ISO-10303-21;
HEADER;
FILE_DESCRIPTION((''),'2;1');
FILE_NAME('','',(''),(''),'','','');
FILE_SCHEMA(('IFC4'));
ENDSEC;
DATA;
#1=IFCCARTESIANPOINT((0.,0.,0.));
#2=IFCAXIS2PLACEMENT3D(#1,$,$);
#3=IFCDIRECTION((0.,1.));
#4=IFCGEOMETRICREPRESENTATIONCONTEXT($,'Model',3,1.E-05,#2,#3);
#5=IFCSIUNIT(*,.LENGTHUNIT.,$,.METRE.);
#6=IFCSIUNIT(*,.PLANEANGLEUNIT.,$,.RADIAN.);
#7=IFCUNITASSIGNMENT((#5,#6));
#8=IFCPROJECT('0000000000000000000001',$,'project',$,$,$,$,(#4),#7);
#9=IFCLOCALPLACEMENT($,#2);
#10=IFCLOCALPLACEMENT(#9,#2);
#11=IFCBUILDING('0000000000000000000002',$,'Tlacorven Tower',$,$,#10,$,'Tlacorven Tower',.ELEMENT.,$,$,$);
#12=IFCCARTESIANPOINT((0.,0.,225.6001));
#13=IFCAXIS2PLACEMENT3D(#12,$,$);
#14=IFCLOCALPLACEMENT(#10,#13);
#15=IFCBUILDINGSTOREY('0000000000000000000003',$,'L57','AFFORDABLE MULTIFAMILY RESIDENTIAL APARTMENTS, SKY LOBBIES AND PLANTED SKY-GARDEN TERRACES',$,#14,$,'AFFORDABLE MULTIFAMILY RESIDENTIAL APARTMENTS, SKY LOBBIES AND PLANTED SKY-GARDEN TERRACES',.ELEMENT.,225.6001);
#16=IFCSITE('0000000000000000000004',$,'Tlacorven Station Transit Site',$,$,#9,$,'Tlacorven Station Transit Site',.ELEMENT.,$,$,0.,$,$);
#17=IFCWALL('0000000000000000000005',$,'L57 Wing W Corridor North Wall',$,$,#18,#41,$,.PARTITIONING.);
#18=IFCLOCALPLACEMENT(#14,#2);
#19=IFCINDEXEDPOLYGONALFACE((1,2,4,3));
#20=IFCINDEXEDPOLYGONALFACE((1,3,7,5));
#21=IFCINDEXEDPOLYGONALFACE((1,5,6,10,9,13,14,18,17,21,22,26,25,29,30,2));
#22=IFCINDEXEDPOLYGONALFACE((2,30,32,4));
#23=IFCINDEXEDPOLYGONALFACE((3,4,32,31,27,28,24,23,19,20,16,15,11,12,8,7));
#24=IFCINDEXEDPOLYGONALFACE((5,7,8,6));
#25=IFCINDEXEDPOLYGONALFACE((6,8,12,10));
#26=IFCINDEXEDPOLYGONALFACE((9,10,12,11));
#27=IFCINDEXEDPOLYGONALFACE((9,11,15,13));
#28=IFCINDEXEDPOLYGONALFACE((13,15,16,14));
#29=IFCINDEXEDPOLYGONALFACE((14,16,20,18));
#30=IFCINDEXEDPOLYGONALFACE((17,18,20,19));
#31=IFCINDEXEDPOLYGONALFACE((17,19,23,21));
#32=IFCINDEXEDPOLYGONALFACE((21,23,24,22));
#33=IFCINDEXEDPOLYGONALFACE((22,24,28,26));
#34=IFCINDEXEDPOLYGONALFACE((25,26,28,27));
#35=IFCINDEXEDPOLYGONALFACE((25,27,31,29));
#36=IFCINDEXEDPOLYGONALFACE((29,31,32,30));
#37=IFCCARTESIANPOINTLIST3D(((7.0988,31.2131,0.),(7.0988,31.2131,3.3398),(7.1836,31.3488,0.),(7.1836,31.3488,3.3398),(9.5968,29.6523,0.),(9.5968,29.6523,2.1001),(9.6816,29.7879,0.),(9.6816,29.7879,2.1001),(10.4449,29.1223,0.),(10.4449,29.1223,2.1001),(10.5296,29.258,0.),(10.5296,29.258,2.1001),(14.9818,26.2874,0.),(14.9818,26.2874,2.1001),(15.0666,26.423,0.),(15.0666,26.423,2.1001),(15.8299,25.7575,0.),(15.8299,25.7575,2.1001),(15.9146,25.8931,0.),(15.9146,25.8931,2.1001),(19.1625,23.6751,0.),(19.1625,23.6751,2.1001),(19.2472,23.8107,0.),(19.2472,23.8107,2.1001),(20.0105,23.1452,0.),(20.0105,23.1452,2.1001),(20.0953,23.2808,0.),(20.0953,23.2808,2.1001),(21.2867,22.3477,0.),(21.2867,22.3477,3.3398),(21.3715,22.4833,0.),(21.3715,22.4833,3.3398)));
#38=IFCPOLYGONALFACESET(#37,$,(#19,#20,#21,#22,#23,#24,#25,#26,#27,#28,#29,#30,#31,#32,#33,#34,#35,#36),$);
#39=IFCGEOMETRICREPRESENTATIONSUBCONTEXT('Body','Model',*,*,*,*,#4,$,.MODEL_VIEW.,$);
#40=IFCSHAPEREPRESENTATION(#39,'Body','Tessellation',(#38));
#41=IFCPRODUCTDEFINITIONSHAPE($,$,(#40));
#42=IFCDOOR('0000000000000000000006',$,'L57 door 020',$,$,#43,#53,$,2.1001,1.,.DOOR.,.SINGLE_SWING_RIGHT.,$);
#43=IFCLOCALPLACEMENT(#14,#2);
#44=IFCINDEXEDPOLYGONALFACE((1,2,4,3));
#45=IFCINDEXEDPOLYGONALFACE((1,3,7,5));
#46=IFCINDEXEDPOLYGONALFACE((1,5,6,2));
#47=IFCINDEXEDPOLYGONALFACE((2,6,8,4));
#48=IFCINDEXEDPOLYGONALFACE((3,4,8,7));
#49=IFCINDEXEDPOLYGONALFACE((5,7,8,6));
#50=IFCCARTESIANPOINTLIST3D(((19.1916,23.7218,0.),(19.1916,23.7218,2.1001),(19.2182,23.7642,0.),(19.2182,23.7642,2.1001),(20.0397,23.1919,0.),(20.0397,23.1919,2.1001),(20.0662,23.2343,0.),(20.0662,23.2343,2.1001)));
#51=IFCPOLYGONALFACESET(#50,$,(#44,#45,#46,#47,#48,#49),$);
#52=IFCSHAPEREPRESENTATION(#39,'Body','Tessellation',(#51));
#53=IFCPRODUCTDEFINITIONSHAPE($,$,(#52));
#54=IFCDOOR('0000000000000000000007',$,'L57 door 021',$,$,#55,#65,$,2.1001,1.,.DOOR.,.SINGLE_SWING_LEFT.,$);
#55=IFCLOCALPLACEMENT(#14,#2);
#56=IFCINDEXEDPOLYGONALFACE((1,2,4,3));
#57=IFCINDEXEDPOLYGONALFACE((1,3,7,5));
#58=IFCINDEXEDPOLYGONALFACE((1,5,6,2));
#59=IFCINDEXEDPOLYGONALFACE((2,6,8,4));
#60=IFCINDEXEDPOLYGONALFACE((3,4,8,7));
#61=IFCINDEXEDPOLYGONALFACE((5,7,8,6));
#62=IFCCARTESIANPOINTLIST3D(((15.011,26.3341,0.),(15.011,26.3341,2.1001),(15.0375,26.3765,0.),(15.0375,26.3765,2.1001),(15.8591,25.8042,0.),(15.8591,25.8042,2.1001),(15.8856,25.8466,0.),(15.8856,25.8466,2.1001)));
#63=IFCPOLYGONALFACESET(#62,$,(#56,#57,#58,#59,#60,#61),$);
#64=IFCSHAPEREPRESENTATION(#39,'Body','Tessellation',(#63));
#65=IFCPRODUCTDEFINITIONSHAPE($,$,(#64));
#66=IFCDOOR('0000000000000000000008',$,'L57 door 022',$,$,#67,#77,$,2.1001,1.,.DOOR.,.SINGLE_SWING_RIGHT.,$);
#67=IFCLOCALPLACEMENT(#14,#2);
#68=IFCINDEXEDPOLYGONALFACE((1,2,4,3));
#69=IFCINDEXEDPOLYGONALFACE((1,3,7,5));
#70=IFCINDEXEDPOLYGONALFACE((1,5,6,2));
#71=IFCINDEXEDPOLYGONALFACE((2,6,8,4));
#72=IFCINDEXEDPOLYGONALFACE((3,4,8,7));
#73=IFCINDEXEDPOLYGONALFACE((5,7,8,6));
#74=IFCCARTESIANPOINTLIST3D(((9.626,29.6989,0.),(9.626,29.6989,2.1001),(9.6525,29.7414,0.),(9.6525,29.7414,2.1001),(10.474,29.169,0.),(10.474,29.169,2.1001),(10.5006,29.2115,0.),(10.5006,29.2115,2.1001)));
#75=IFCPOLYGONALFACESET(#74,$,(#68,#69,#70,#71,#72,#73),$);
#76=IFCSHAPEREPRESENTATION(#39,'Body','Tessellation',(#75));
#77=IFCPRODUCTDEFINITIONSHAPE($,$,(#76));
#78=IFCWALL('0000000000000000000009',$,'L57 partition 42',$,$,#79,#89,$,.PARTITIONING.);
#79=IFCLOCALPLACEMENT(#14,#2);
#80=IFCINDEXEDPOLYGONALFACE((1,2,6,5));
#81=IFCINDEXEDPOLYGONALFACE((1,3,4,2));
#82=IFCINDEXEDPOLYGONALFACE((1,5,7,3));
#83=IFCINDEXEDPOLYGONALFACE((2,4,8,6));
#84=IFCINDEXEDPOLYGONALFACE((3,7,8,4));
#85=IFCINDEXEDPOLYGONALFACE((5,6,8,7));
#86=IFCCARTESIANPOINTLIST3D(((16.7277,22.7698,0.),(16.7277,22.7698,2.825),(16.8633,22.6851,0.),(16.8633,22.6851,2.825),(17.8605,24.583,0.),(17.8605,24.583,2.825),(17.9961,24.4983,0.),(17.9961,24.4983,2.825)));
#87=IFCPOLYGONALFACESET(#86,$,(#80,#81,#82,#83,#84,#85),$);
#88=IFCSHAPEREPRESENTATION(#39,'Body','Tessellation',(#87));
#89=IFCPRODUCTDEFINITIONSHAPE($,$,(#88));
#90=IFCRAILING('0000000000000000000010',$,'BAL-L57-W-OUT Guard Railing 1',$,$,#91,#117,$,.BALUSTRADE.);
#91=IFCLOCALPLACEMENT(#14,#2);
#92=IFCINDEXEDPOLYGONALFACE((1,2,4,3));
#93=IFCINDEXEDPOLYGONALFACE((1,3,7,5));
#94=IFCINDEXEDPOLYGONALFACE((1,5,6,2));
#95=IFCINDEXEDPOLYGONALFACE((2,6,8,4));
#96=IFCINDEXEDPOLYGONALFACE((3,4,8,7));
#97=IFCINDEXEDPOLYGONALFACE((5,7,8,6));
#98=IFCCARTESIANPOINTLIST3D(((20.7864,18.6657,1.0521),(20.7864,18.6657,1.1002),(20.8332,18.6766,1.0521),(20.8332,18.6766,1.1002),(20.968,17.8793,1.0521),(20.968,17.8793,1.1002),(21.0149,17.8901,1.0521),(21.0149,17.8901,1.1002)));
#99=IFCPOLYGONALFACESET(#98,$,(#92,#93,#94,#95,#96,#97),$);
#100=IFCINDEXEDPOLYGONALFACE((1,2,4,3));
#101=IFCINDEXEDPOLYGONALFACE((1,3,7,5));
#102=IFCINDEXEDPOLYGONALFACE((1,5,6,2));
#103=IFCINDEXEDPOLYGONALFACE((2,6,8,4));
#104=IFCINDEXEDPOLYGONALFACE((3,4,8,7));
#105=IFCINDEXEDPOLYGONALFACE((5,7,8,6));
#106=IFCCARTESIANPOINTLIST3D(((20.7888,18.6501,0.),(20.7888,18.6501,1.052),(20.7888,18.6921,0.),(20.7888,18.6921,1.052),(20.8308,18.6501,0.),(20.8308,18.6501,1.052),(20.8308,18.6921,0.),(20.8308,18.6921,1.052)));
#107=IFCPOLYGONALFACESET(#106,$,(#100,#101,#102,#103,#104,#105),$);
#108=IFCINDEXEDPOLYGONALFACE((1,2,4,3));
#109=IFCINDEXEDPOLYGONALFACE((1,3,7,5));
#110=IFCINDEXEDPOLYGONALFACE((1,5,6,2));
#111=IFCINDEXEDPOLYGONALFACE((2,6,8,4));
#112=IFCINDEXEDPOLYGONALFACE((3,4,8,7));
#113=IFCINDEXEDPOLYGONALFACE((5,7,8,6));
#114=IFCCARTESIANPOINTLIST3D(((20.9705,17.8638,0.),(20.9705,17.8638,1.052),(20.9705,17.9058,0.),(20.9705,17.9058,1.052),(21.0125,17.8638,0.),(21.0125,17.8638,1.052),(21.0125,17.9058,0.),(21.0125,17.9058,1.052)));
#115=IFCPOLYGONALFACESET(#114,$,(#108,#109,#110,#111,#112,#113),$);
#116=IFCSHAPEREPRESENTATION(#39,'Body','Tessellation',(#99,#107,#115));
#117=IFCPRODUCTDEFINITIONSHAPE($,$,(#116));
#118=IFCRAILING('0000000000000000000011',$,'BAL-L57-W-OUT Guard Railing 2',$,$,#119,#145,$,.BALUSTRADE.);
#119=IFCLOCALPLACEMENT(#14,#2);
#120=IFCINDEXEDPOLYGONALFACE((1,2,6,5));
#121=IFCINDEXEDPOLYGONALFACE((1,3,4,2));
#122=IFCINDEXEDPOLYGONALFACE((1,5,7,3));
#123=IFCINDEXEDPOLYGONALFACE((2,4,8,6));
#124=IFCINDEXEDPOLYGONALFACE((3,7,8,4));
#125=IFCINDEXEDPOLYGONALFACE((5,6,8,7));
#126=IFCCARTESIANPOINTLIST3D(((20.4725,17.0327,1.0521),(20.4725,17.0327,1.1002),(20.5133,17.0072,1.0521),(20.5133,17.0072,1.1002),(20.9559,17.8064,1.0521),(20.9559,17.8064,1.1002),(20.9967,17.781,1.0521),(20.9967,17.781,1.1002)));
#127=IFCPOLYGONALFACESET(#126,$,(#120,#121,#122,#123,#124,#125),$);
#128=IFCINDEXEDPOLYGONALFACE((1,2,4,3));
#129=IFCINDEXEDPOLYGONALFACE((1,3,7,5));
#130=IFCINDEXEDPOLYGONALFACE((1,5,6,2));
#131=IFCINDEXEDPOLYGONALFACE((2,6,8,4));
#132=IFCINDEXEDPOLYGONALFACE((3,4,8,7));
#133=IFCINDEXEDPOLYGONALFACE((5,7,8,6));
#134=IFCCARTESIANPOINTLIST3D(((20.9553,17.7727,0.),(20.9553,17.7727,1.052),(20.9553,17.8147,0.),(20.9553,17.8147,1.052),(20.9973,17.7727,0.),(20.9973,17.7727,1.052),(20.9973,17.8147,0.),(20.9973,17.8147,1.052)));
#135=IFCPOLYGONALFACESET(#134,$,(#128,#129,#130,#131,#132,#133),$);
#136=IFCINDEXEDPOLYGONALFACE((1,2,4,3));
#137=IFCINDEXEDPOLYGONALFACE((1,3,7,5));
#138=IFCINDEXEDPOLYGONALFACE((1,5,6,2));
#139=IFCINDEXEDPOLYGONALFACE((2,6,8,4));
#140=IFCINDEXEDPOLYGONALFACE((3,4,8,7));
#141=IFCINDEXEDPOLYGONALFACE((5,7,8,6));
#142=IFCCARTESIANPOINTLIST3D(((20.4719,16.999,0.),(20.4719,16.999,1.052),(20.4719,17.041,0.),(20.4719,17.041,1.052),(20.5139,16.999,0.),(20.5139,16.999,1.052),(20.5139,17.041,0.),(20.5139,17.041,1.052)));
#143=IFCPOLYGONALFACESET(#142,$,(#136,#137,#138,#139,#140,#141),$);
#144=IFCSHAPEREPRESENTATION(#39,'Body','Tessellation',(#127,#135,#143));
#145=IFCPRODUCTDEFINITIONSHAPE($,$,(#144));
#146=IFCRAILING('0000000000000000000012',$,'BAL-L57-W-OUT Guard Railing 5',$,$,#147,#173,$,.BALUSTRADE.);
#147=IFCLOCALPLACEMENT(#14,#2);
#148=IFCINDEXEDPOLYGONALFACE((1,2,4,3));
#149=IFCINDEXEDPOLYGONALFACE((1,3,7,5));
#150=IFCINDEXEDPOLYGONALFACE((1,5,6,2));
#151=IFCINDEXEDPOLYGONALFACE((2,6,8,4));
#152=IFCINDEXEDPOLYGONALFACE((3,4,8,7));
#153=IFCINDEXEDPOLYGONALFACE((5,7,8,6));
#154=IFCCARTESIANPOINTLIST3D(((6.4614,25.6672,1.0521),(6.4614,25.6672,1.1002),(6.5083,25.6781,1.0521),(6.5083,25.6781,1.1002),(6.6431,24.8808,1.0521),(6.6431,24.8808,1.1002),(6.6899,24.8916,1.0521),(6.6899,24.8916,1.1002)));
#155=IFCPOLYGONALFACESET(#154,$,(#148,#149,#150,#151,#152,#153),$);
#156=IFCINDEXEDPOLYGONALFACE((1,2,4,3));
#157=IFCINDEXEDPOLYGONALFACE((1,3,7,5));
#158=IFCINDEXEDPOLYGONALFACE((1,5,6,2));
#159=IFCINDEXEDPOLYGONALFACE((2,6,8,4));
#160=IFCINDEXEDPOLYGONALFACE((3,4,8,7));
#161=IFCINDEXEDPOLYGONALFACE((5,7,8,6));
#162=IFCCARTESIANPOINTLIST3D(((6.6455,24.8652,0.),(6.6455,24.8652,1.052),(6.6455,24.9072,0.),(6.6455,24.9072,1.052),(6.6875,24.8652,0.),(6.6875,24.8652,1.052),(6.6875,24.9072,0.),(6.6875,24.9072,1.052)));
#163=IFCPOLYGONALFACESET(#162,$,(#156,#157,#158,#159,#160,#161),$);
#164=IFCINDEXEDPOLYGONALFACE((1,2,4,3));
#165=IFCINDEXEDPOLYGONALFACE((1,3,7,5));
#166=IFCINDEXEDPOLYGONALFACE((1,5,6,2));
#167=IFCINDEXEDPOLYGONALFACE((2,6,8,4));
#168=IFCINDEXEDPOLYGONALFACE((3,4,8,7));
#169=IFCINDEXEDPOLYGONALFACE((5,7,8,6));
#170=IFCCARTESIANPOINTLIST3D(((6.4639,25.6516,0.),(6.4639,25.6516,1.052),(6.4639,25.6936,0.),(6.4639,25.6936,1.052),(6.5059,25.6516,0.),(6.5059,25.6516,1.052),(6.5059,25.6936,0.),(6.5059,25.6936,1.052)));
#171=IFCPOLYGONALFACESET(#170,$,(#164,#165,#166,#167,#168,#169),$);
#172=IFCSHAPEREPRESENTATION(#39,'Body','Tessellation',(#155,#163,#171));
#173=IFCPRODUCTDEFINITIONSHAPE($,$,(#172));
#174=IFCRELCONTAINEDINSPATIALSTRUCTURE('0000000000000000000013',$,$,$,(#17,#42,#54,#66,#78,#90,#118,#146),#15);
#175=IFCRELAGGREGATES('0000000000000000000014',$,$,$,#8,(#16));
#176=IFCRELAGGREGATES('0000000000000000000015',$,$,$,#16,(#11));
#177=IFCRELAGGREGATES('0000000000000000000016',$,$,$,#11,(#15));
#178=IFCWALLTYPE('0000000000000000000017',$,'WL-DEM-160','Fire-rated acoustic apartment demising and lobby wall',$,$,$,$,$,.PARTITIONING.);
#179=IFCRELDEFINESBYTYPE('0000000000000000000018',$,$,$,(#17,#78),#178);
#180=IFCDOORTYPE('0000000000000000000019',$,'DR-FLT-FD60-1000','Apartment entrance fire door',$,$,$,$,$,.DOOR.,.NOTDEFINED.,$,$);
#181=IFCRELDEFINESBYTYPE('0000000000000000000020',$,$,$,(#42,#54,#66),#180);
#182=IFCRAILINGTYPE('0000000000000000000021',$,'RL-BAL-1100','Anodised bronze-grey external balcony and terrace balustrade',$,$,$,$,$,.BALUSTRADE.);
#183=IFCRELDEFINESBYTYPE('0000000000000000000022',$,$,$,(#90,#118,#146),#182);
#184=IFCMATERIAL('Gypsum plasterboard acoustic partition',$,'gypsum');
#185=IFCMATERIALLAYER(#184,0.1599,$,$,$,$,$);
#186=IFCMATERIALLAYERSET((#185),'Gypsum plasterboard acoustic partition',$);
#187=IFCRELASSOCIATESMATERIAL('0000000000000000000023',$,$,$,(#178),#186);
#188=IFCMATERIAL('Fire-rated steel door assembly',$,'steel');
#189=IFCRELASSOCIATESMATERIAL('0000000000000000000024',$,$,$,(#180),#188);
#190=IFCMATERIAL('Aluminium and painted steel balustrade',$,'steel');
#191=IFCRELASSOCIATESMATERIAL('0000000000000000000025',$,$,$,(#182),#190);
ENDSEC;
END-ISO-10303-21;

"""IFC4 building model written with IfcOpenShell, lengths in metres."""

from ifc_helpers import new_model, si_unit, direction, frame, frame_2d, origin, origin_2d, place, context, subcontext, project, spatial, rectangle, extrude, source, transform, mapped, material, layer, layer_set, type_object, element, fill, save


model = new_model("IFC4")

# Units and contexts
model_context = context("Model", 3, precision=1e-05, world=origin(), true_north=direction((0.0, 1.0)))
body_context = subcontext(model_context, "Body", "Model", "MODEL_VIEW")
ifc_project = project(units=[si_unit("LENGTHUNIT", "METRE"), si_unit("PLANEANGLEUNIT", "RADIAN")], contexts=[model_context])

# Site, building, storey
site_placement = place(None, origin())
site = spatial("IfcSite", under=ifc_project, at=site_placement, Name="Tlacorven Station Transit Site", LongName="Tlacorven Station Transit Site", CompositionType="ELEMENT", RefElevation=0.0)
building_placement = place(site_placement, origin())
building = spatial("IfcBuilding", under=site, at=building_placement, Name="Tlacorven Tower", LongName="Tlacorven Tower", CompositionType="ELEMENT")
storey_placement = place(building_placement, frame((0.0, 0.0, 225.6001)))
storey = spatial("IfcBuildingStorey", under=building, at=storey_placement, Name="L57", Description="AFFORDABLE MULTIFAMILY RESIDENTIAL APARTMENTS, SKY LOBBIES AND PLANTED SKY-GARDEN TERRACES", LongName="AFFORDABLE MULTIFAMILY RESIDENTIAL APARTMENTS, SKY LOBBIES AND PLANTED SKY-GARDEN TERRACES", CompositionType="ELEMENT", Elevation=225.6001)

# Shared definitions
ifc_material_1 = material(Name="Gypsum plasterboard acoustic partition", Category="gypsum")
ifc_layer_1 = layer(ifc_material_1, 0.1599)
ifc_layer_set_1 = layer_set([ifc_layer_1], Name="Gypsum plasterboard acoustic partition")
wall_type = type_object("IfcWallType", Name="WL-DEM-160", Description="Fire-rated acoustic apartment demising and lobby wall", PredefinedType="PARTITIONING", material=ifc_layer_set_1)

# Wall, openings, doors
wall_1_placement = place(storey_placement, frame((21.3291, 22.4155, 0.0), z_axis=(0.0, 0.0, 1.0), x_axis=(-0.848052, 0.529912, 0.0)))
wall_1 = element("IfcWall", 1, at=wall_1_placement, inside=storey, type_object=wall_type, Name="L57 Wing W Corridor North Wall", PredefinedType="PARTITIONING", context=body_context, shape_type="SweptSolid", body=[
    extrude(rectangle(XDim=16.73, YDim=0.1599, at=frame_2d((8.365, 0.0))), origin(), (0.0, 0.0, 1.0), 3.3398),
])
opening_1_placement = place(wall_1_placement, frame((1.5049, 0.0, 0.0)))
opening_1 = element("IfcOpeningElement", 2, at=opening_1_placement, cuts=wall_1, PredefinedType="OPENING", context=body_context, shape_type="SweptSolid", body=[
    extrude(rectangle(XDim=1.0, YDim=2.1001, at=frame_2d((0.5, 1.05))), frame((0.0, 0.0898, 0.0), z_axis=(0.0, -1.0, 0.0), x_axis=(1.0, 0.0, 0.0)), (0.0, 0.0, 1.0), 0.1799),
])
opening_2_placement = place(wall_1_placement, frame((6.4346, 0.0, 0.0)))
opening_2 = element("IfcOpeningElement", 3, at=opening_2_placement, cuts=wall_1, PredefinedType="OPENING", context=body_context, shape_type="SweptSolid", body=[
    extrude(rectangle(XDim=1.0, YDim=2.1001, at=frame_2d((0.5, 1.05))), frame((0.0, 0.0898, 0.0), z_axis=(0.0, -1.0, 0.0), x_axis=(1.0, 0.0, 0.0)), (0.0, 0.0, 1.0), 0.1799),
])
opening_3_placement = place(wall_1_placement, frame((12.7844, 0.0, 0.0)))
opening_3 = element("IfcOpeningElement", 4, at=opening_3_placement, cuts=wall_1, PredefinedType="OPENING", context=body_context, shape_type="SweptSolid", body=[
    extrude(rectangle(XDim=1.0, YDim=2.1001, at=frame_2d((0.5, 1.05))), frame((0.0, 0.0898, 0.0), z_axis=(0.0, -1.0, 0.0), x_axis=(1.0, 0.0, 0.0)), (0.0, 0.0, 1.0), 0.1799),
])
ifc_material_2 = material(Name="Fire-rated steel door assembly", Category="steel")
door_type = type_object("IfcDoorType", Name="DR-FLT-FD60-1000", Description="Apartment entrance fire door", OperationType="NOTDEFINED", PredefinedType="DOOR", material=ifc_material_2)
shared_shape_1 = source(origin(), body_context, "Body", "SweptSolid", [
    extrude(rectangle(XDim=1.0, YDim=2.1001, at=frame_2d((0.5, 1.05))), frame((0.0, 0.0249, 0.0), z_axis=(0.0, -1.0, 0.0), x_axis=(1.0, 0.0, 0.0)), (0.0, 0.0, 1.0), 0.05),
])
door_1_placement = place(opening_1_placement, origin())
door_1 = element("IfcDoor", 5, at=door_1_placement, inside=storey, type_object=door_type, Name="L57 door 020", OperationType="SINGLE_SWING_RIGHT", OverallHeight=2.1001, OverallWidth=1.0, PredefinedType="DOOR", context=body_context, shape_type="MappedRepresentation", body=[
    mapped(shared_shape_1, transform((0.0, 0.0, 0.0), scale=1.0)),
])
fill(opening_1, door_1)
door_2_placement = place(opening_2_placement, origin())
door_2 = element("IfcDoor", 6, at=door_2_placement, inside=storey, type_object=door_type, Name="L57 door 021", OperationType="SINGLE_SWING_LEFT", OverallHeight=2.1001, OverallWidth=1.0, PredefinedType="DOOR", context=body_context, shape_type="MappedRepresentation", body=[
    mapped(shared_shape_1, transform((0.0, 0.0, 0.0), scale=1.0)),
])
fill(opening_2, door_2)
door_3_placement = place(opening_3_placement, origin())
door_3 = element("IfcDoor", 7, at=door_3_placement, inside=storey, type_object=door_type, Name="L57 door 022", OperationType="SINGLE_SWING_RIGHT", OverallHeight=2.1001, OverallWidth=1.0, PredefinedType="DOOR", context=body_context, shape_type="MappedRepresentation", body=[
    mapped(shared_shape_1, transform((0.0, 0.0, 0.0), scale=1.0)),
])
fill(opening_3, door_3)

# Wall
wall_2_placement = place(storey_placement, frame((17.9282, 24.5405, 0.0), z_axis=(0.0, 0.0, 1.0), x_axis=(-0.529845, -0.848095, 0.0)))
element("IfcWall", 8, at=wall_2_placement, inside=storey, type_object=wall_type, Name="L57 partition 42", PredefinedType="PARTITIONING", context=body_context, shape_type="SweptSolid", body=[
    extrude(rectangle(XDim=2.1379, YDim=0.1599, at=frame_2d((1.0688, 0.0))), origin(), (0.0, 0.0, 1.0), 2.825),
])

# Railings
ifc_material_3 = material(Name="Aluminium and painted steel balustrade", Category="steel")
railing_type = type_object("IfcRailingType", Name="RL-BAL-1100", Description="Anodised bronze-grey external balcony and terrace balustrade", PredefinedType="BALUSTRADE", material=ifc_material_3)
shared_shape_2 = source(origin(), body_context, "Body", "SweptSolid", [
    extrude(rectangle(XDim=0.0481, YDim=0.0481, at=origin_2d()), frame((0.0, 0.0, 1.0762), z_axis=(0.225058, -0.974345, 0.0), x_axis=(0.974345, 0.225058, 0.0)), (0.0, 0.0, 1.0), 0.8071),
    extrude(rectangle(XDim=0.042, YDim=0.042, at=origin_2d()), origin(), (0.0, 0.0, 1.0), 1.052),
    extrude(rectangle(XDim=0.042, YDim=0.042, at=origin_2d()), frame((0.1816, -0.7864, 0.0)), (0.0, 0.0, 1.0), 1.052),
])
railing_1_placement = place(storey_placement, frame((20.8098, 18.6711, 0.0)))
element("IfcRailing", 9, at=railing_1_placement, inside=storey, type_object=railing_type, Name="BAL-L57-W-OUT Guard Railing 1", PredefinedType="BALUSTRADE", context=body_context, shape_type="MappedRepresentation", body=[
    mapped(shared_shape_2, transform((0.0, 0.0, 0.0), scale=1.0)),
])
shared_shape_3 = source(origin(), body_context, "Body", "SweptSolid", [
    extrude(rectangle(XDim=0.0481, YDim=0.0481, at=origin_2d()), frame((0.0, 0.0, 1.0762), z_axis=(-0.529879, -0.848073, 0.0), x_axis=(0.848073, -0.529879, 0.0)), (0.0, 0.0, 1.0), 0.9124),
    extrude(rectangle(XDim=0.042, YDim=0.042, at=origin_2d()), origin(), (0.0, 0.0, 1.0), 1.052),
    extrude(rectangle(XDim=0.042, YDim=0.042, at=origin_2d()), frame((-0.4834, -0.7737, 0.0)), (0.0, 0.0, 1.0), 1.052),
])
railing_2_placement = place(storey_placement, frame((20.9763, 17.7937, 0.0)))
element("IfcRailing", 10, at=railing_2_placement, inside=storey, type_object=railing_type, Name="BAL-L57-W-OUT Guard Railing 2", PredefinedType="BALUSTRADE", context=body_context, shape_type="MappedRepresentation", body=[
    mapped(shared_shape_3, transform((0.0, 0.0, 0.0), scale=1.0)),
])
shared_shape_4 = source(origin(), body_context, "Body", "SweptSolid", [
    extrude(rectangle(XDim=0.0481, YDim=0.0481, at=origin_2d()), frame((0.0, 0.0, 1.0762), z_axis=(-0.225058, 0.974345, 0.0), x_axis=(-0.974345, -0.225058, 0.0)), (0.0, 0.0, 1.0), 0.8071),
    extrude(rectangle(XDim=0.042, YDim=0.042, at=origin_2d()), origin(), (0.0, 0.0, 1.0), 1.052),
    extrude(rectangle(XDim=0.042, YDim=0.042, at=origin_2d()), frame((-0.1816, 0.7864, 0.0)), (0.0, 0.0, 1.0), 1.052),
])
railing_3_placement = place(storey_placement, frame((6.6665, 24.8862, 0.0)))
element("IfcRailing", 11, at=railing_3_placement, inside=storey, type_object=railing_type, Name="BAL-L57-W-OUT Guard Railing 5", PredefinedType="BALUSTRADE", context=body_context, shape_type="MappedRepresentation", body=[
    mapped(shared_shape_4, transform((0.0, 0.0, 0.0), scale=1.0)),
])

save(model, "model.ifc")
